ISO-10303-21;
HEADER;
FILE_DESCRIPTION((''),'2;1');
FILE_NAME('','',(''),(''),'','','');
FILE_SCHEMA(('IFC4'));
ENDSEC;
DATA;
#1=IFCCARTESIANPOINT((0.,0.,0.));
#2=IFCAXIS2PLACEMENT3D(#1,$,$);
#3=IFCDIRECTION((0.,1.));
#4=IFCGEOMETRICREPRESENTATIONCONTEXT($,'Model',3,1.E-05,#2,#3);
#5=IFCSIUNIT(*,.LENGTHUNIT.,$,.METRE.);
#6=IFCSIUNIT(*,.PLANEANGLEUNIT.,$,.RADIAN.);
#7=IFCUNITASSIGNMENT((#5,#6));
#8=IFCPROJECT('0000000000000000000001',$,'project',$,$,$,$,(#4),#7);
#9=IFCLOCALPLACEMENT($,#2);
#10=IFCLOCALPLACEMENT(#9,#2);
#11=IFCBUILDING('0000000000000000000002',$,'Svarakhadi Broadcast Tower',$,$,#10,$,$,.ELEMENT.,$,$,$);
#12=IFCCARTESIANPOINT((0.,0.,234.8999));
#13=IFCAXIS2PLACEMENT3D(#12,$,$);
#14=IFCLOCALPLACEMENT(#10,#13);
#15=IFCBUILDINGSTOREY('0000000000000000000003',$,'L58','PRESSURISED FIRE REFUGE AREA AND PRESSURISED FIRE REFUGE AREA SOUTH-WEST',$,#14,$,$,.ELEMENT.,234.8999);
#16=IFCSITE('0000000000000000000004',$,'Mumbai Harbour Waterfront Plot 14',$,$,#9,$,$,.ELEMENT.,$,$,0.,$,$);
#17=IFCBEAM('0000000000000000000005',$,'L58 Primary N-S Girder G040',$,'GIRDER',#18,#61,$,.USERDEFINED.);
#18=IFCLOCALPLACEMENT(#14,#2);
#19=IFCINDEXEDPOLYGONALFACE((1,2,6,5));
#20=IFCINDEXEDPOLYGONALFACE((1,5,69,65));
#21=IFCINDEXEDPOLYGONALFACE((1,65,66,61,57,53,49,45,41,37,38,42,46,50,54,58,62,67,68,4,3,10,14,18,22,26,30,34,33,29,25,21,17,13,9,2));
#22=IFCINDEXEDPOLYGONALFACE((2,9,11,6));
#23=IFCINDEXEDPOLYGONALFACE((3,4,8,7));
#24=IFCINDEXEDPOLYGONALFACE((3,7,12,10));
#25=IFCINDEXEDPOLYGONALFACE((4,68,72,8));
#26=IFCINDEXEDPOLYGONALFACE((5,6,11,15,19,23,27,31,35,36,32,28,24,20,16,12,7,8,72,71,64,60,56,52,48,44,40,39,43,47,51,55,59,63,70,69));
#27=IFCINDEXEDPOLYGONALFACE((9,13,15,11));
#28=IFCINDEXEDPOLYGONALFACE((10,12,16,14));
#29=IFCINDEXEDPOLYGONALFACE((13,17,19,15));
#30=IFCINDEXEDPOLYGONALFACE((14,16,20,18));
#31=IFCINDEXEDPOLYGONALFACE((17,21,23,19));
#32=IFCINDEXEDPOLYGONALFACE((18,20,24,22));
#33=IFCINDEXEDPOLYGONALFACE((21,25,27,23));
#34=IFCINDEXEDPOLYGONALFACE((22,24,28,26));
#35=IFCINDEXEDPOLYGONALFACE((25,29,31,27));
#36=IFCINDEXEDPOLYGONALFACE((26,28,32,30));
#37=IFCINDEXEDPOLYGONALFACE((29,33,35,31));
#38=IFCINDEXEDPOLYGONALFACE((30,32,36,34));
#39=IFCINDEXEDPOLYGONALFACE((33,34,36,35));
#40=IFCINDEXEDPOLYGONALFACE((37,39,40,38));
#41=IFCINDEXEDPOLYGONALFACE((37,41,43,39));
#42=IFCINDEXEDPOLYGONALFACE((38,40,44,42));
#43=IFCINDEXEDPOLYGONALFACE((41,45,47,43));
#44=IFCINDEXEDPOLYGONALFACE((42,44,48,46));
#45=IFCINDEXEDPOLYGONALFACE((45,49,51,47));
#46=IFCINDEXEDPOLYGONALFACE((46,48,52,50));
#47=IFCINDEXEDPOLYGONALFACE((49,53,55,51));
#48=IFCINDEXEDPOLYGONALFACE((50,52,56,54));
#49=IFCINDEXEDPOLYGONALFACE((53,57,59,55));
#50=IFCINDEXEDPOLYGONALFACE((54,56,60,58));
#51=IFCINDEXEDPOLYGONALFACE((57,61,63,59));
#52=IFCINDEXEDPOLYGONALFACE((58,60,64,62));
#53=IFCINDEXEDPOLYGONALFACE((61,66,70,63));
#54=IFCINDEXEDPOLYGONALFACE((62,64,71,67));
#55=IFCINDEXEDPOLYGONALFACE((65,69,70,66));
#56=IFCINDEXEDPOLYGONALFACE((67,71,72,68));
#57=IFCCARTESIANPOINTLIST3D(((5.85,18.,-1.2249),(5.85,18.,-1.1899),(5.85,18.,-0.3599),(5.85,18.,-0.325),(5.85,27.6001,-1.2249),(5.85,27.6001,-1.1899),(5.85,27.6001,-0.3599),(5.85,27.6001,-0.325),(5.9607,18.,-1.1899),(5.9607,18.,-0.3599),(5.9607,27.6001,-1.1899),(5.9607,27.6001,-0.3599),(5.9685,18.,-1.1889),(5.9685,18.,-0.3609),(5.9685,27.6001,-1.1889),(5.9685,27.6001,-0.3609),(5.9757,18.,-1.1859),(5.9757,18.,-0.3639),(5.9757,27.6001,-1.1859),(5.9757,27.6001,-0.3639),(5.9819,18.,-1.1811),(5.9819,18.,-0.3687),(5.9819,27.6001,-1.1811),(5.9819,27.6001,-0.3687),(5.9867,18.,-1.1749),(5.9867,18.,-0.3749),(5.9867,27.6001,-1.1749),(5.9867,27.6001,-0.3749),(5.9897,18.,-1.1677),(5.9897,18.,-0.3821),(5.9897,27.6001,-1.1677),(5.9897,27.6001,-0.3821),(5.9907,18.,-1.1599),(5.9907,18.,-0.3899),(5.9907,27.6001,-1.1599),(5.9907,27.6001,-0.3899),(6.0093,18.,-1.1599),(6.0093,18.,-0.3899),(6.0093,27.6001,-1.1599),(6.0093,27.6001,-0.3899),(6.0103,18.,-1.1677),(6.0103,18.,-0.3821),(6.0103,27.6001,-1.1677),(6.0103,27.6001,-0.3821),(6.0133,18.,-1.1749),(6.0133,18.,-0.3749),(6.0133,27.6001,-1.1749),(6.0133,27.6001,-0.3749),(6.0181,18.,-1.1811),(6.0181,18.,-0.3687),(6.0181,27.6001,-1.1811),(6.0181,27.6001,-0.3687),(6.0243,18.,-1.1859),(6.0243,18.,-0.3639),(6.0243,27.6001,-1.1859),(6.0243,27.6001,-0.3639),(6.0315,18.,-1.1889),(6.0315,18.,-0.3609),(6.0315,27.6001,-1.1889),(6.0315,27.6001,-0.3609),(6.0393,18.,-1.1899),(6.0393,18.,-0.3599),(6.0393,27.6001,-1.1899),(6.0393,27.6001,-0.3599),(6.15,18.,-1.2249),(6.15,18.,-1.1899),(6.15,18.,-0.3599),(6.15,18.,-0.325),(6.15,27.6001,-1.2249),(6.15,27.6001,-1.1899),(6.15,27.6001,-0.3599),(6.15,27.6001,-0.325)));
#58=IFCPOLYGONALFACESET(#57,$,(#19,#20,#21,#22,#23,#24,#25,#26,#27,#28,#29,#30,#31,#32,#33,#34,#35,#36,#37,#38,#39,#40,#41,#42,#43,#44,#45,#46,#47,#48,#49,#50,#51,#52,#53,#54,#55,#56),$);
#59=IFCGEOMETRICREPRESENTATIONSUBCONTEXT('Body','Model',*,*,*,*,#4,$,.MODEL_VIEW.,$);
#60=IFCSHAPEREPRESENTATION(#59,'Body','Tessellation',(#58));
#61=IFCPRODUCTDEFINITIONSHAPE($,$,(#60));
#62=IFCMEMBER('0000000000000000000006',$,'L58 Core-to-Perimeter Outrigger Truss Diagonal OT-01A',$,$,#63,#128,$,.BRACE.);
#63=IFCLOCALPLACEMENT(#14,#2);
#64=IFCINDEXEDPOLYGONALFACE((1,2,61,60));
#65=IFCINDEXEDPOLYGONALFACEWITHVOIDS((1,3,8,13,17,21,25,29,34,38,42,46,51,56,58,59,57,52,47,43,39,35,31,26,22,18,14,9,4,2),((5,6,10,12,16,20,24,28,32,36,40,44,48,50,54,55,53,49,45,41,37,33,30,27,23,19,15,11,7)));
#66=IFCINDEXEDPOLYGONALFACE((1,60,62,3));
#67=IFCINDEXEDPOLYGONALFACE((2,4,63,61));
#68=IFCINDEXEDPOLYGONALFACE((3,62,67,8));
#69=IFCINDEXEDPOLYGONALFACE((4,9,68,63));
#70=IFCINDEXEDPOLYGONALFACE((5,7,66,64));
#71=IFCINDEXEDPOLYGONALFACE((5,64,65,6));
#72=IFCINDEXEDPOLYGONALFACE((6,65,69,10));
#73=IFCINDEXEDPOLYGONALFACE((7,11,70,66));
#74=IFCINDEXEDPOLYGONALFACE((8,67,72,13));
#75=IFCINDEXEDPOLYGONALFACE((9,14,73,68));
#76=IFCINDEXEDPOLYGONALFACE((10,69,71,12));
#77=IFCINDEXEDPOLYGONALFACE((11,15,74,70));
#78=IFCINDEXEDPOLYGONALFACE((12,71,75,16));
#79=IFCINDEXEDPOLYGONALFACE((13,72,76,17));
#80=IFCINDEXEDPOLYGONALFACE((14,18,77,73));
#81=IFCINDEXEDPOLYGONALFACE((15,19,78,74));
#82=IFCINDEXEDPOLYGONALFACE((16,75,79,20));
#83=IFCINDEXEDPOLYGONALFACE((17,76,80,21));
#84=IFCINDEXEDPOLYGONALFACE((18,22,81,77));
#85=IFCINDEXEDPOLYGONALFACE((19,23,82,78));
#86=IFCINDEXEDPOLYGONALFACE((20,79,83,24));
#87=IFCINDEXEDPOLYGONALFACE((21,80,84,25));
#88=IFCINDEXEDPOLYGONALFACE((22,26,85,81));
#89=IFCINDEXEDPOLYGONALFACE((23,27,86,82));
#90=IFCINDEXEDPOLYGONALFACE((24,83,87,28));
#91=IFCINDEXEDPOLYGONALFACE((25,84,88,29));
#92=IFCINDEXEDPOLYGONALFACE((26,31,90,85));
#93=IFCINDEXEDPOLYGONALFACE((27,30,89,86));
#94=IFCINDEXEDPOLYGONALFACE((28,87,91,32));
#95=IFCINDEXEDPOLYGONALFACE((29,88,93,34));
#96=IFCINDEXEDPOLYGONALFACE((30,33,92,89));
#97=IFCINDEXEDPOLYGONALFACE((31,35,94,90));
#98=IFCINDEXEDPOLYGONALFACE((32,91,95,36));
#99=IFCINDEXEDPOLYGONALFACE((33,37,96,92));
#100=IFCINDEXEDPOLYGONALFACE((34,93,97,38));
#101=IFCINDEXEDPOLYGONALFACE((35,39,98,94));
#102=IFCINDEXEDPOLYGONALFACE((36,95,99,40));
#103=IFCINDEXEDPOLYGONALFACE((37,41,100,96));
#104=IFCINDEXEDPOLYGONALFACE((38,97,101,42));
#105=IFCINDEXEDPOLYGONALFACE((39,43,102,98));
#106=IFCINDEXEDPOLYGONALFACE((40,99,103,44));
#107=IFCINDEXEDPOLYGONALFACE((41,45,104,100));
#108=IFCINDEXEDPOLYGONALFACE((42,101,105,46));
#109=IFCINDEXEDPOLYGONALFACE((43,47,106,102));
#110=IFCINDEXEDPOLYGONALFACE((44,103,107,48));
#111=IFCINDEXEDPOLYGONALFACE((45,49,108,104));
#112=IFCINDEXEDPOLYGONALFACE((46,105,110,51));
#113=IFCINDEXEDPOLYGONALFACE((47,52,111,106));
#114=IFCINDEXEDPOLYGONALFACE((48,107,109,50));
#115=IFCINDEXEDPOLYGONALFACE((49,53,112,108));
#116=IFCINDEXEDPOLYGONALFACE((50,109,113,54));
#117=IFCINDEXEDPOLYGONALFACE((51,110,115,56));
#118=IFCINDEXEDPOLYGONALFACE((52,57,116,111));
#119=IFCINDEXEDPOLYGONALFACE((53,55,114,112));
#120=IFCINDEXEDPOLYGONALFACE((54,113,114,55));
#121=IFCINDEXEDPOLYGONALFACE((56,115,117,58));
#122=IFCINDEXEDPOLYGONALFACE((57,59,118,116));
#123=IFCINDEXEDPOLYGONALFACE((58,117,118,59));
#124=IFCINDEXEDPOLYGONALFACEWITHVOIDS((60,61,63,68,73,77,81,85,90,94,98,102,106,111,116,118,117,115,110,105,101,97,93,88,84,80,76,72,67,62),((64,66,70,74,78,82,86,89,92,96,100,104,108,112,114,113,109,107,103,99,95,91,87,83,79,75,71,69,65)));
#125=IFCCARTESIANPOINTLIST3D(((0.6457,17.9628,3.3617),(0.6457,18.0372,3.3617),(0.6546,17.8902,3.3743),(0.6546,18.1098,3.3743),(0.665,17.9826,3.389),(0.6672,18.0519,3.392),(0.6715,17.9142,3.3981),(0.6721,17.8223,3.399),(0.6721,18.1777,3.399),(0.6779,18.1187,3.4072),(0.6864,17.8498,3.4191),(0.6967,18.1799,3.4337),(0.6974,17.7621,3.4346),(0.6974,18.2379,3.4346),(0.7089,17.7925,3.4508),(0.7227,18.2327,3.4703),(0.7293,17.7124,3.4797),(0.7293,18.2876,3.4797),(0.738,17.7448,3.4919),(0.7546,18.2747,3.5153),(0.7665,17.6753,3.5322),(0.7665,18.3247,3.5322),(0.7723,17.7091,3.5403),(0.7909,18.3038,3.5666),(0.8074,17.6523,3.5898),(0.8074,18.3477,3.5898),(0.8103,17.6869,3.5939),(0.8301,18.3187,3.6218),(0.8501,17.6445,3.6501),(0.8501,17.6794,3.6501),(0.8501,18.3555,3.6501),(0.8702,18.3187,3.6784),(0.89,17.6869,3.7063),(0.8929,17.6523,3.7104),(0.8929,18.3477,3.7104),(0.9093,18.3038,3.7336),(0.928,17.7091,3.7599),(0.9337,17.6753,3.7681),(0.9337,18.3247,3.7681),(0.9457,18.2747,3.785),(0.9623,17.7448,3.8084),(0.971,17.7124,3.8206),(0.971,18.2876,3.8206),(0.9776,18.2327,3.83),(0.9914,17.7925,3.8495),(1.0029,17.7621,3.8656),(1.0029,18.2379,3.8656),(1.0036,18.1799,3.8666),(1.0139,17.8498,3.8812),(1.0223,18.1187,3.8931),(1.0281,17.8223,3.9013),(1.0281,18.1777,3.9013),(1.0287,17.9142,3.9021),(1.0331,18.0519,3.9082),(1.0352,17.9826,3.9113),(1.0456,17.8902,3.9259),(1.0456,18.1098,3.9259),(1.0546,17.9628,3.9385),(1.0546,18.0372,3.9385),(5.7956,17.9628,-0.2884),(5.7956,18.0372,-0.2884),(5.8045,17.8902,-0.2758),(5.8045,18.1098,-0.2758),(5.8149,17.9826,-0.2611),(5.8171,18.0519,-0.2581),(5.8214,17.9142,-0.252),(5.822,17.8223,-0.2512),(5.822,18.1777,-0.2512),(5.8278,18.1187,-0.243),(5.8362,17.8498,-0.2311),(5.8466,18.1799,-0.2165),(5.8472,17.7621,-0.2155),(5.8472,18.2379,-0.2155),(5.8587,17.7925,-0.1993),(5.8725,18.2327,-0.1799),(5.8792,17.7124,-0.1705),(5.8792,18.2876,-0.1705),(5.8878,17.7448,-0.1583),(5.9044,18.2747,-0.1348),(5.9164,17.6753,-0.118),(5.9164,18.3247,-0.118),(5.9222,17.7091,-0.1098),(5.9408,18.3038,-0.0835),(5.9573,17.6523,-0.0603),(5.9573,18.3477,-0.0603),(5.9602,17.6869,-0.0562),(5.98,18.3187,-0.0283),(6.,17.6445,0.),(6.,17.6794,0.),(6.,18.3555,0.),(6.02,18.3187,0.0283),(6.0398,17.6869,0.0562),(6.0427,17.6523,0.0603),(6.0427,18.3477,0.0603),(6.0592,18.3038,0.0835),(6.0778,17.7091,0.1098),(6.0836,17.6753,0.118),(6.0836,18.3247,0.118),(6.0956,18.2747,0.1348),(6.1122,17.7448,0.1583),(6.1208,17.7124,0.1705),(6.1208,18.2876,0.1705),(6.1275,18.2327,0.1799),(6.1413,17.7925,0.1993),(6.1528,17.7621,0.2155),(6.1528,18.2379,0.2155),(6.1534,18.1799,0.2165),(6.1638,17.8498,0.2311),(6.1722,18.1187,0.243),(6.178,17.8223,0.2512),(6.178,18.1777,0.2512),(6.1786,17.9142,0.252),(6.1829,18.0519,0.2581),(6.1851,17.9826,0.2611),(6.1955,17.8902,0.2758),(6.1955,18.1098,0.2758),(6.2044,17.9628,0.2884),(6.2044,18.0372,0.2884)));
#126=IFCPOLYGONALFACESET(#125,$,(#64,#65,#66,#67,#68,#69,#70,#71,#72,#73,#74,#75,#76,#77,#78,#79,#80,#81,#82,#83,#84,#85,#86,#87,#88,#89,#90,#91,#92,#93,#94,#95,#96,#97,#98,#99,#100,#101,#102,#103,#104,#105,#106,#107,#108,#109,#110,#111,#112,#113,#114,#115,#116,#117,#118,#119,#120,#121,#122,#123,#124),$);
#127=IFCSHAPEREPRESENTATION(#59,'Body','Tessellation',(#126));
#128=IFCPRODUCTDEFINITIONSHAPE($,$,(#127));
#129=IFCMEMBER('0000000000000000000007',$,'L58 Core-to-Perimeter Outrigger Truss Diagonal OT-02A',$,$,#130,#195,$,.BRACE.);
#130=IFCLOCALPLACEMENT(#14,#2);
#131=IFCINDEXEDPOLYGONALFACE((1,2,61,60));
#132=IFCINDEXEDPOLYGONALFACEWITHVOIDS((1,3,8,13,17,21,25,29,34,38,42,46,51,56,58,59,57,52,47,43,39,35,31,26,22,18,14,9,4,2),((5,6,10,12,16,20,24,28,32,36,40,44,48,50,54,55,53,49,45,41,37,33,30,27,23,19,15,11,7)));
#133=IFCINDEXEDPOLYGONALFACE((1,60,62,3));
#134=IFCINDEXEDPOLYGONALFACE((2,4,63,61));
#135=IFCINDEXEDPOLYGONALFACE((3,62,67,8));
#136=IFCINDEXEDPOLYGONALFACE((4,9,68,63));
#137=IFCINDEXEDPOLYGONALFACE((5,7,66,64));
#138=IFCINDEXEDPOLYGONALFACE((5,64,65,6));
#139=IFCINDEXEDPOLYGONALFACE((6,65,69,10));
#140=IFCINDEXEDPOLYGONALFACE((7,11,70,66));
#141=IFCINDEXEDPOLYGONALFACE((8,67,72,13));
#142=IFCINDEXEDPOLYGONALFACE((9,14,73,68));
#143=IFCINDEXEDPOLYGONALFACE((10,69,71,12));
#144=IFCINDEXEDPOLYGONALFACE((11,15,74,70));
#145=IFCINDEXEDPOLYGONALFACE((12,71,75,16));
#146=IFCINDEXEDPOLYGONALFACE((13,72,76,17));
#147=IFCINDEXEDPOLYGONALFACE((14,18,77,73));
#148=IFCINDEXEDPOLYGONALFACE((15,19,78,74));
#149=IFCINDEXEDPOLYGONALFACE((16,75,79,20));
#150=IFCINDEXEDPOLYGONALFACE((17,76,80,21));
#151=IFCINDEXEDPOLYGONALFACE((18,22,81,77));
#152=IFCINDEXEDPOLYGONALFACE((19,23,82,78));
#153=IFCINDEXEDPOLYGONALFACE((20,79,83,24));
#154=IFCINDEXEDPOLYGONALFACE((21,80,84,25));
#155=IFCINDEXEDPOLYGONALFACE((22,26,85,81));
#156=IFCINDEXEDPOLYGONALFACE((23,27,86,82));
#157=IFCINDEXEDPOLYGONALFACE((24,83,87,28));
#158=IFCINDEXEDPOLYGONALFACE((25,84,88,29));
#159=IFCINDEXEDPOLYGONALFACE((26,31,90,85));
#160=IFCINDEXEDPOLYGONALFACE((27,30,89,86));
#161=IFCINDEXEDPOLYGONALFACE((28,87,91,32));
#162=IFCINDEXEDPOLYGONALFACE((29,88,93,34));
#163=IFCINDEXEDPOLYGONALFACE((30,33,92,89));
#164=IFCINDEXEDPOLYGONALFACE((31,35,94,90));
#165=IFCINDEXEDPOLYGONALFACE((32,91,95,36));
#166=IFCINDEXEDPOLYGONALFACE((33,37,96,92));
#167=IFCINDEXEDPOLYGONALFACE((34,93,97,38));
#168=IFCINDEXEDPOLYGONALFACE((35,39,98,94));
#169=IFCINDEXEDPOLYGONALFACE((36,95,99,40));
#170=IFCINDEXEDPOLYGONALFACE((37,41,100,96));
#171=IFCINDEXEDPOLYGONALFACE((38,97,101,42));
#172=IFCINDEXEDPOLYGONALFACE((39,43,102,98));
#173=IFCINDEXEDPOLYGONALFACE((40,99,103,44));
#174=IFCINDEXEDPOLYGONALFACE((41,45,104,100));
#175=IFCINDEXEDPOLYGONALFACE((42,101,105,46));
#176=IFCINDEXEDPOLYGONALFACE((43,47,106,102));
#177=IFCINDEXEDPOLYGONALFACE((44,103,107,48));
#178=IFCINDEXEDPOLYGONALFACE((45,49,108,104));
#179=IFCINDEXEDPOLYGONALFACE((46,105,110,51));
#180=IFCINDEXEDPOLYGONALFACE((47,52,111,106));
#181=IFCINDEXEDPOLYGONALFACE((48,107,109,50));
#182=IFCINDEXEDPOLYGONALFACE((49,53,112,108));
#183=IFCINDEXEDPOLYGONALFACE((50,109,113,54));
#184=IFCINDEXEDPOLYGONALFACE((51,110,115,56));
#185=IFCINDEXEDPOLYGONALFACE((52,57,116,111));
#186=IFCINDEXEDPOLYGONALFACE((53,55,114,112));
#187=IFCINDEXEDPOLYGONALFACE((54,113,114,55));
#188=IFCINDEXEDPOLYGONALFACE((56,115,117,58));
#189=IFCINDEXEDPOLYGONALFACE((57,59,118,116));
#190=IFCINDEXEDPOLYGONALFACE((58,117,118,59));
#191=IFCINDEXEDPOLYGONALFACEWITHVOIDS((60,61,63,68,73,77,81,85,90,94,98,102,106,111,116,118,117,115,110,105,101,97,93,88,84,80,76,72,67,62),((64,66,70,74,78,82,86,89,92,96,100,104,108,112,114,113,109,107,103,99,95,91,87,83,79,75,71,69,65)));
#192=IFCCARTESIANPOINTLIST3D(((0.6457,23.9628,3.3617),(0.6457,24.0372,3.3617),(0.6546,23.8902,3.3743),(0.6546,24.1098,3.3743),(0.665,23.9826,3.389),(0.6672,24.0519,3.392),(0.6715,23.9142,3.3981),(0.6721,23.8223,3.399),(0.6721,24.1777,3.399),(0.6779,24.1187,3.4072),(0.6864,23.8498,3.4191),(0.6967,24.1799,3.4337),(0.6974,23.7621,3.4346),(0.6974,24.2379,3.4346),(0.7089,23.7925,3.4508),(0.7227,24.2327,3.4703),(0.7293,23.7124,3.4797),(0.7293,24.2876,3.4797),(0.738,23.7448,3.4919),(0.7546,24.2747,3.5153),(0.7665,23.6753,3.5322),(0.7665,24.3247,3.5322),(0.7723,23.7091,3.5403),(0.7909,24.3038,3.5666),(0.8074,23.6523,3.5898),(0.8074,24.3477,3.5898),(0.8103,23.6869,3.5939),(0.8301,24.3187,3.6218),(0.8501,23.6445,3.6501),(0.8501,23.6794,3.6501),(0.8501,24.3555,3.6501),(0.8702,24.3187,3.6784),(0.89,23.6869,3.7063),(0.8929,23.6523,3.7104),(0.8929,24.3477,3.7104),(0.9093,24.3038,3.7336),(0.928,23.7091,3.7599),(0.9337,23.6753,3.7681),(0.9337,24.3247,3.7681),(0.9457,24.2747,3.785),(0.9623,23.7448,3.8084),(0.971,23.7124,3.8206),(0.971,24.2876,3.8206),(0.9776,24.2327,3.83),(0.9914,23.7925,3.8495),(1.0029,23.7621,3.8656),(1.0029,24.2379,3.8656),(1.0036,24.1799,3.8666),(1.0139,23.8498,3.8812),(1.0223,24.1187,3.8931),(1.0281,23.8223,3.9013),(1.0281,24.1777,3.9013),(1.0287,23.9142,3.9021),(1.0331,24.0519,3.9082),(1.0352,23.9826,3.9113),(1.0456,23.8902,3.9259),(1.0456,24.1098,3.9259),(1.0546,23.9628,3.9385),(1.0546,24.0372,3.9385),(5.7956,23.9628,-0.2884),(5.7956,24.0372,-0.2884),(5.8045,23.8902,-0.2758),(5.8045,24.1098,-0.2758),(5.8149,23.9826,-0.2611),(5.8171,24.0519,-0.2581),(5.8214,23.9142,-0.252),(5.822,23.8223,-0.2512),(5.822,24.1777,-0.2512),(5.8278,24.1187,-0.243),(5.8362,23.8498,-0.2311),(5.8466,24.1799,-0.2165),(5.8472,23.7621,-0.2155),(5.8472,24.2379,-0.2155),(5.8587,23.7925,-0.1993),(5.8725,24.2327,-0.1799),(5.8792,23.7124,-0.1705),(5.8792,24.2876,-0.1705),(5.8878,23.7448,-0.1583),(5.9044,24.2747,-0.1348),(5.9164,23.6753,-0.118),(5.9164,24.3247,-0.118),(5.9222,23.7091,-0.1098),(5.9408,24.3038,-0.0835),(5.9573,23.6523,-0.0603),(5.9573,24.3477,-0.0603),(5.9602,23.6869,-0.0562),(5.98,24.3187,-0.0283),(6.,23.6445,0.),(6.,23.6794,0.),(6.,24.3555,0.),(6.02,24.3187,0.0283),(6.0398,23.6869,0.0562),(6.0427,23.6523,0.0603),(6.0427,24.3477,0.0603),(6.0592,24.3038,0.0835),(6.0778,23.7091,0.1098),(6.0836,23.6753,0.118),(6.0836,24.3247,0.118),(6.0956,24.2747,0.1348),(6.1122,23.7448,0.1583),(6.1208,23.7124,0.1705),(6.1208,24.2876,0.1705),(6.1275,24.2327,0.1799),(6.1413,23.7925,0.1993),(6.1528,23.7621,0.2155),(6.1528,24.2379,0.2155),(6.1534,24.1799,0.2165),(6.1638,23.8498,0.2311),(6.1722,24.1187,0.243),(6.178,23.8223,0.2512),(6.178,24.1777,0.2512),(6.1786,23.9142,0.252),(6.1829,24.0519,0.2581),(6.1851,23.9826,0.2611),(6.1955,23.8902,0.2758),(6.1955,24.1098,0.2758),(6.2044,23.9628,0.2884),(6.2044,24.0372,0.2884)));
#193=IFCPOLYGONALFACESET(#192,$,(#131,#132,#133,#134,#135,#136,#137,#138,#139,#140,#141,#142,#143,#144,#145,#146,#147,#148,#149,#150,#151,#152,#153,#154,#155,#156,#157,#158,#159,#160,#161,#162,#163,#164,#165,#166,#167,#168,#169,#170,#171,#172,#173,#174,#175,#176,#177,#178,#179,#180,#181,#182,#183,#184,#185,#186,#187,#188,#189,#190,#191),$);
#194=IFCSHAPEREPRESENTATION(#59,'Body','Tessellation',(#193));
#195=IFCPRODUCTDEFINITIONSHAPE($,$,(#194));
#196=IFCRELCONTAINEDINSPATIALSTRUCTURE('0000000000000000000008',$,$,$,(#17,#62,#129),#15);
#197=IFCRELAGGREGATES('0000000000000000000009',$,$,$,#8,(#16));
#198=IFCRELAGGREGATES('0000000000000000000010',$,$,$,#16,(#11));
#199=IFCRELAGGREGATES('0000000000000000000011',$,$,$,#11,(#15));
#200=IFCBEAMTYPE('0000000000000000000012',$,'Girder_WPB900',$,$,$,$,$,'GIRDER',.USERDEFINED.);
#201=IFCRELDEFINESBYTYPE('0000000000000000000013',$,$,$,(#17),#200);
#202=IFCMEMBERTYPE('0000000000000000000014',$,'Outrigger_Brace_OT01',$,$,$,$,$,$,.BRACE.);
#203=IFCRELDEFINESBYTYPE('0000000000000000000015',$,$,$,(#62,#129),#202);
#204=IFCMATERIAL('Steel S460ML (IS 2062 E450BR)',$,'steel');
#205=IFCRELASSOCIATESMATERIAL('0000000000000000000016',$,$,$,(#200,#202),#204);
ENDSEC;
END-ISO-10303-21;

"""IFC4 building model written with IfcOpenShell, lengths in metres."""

from ifc_helpers import new_model, si_unit, direction, frame, origin, origin_2d, place, context, subcontext, project, spatial, hollow_circle, i_section, extrude, material, material_profile, profile_set, type_object, element, save


model = new_model("IFC4")

# Units and contexts
model_context = context("Model", 3, precision=1e-05, world=origin(), true_north=direction((0.0, 1.0)))
body_context = subcontext(model_context, "Body", "Model", "MODEL_VIEW")
ifc_project = project(units=[si_unit("LENGTHUNIT", "METRE"), si_unit("PLANEANGLEUNIT", "RADIAN")], contexts=[model_context])

# Site, building, storey
site_placement = place(None, origin())
site = spatial("IfcSite", under=ifc_project, at=site_placement, Name="Mumbai Harbour Waterfront Plot 14", CompositionType="ELEMENT", RefElevation=0.0)
building_placement = place(site_placement, origin())
building = spatial("IfcBuilding", under=site, at=building_placement, Name="Svarakhadi Broadcast Tower", CompositionType="ELEMENT")
storey_placement = place(building_placement, frame((0.0, 0.0, 234.8999)))
storey = spatial("IfcBuildingStorey", under=building, at=storey_placement, Name="L58", Description="PRESSURISED FIRE REFUGE AREA AND PRESSURISED FIRE REFUGE AREA SOUTH-WEST", CompositionType="ELEMENT", Elevation=234.8999)

# Shared definitions
ifc_material_1 = material(Name="Steel S460ML (IS 2062 E450BR)", Category="steel")

# Beam
ifc_material_profile_1 = material_profile(ifc_material_1, i_section(OverallWidth=0.3, OverallDepth=0.8999, WebThickness=0.0186, FlangeThickness=0.0349, FilletRadius=0.03, at=origin_2d()), Name="WPB 900x300x291")
ifc_profile_set_1 = profile_set([ifc_material_profile_1], Name="Steel S460ML (IS 2062 E450BR)")
beam_type_1 = type_object("IfcBeamType", Name="Girder_WPB900", ElementType="GIRDER", PredefinedType="USERDEFINED", material=ifc_profile_set_1)
beam_1_placement = place(storey_placement, frame((6.0, 18.0, -0.7749), z_axis=(0.0, 1.0, 0.0), x_axis=(-1.0, 0.0, 0.0)))
element("IfcBeam", 1, at=beam_1_placement, inside=storey, type_object=beam_type_1, Name="L58 Primary N-S Girder G040", ObjectType="GIRDER", PredefinedType="USERDEFINED", context=body_context, shape_type="SweptSolid", body=[
    extrude(i_section(OverallWidth=0.3, OverallDepth=0.8999, WebThickness=0.0186, FlangeThickness=0.0349, FilletRadius=0.03, at=origin_2d()), origin(), (0.0, 0.0, 1.0), 9.6001),
])

# Members
ifc_material_profile_2 = material_profile(ifc_material_1, hollow_circle(Radius=0.3555, WallThickness=0.0349, at=origin_2d()), Name="CHS 711x35")
ifc_profile_set_2 = profile_set([ifc_material_profile_2], Name="Steel S460ML (IS 2062 E450BR)")
member_type_1 = type_object("IfcMemberType", Name="Outrigger_Brace_OT01", PredefinedType="BRACE", material=ifc_profile_set_2)
for number, where, z_axis, x_axis, name in (
    (2, (6.0, 18.0, 0.0), (-0.815853, 0.0, 0.57826), (0.0, -1.0, 0.0), "L58 Core-to-Perimeter Outrigger Truss Diagonal OT-01A"),
    (3, (6.0, 24.0, 0.0), (-0.815853, 0.0, 0.57826), (0.0, -1.0, 0.0), "L58 Core-to-Perimeter Outrigger Truss Diagonal OT-02A"),
):
    element("IfcMember", number, at=place(storey_placement, frame(where, z_axis=z_axis, x_axis=x_axis)), inside=storey, type_object=member_type_1, Name=name, PredefinedType="BRACE", context=body_context, shape_type="SweptSolid", body=[
        extrude(hollow_circle(Radius=0.3555, WallThickness=0.0349, at=origin_2d()), origin(), (0.0, 0.0, 1.0), 6.3123),
    ])

save(model, "model.ifc")
